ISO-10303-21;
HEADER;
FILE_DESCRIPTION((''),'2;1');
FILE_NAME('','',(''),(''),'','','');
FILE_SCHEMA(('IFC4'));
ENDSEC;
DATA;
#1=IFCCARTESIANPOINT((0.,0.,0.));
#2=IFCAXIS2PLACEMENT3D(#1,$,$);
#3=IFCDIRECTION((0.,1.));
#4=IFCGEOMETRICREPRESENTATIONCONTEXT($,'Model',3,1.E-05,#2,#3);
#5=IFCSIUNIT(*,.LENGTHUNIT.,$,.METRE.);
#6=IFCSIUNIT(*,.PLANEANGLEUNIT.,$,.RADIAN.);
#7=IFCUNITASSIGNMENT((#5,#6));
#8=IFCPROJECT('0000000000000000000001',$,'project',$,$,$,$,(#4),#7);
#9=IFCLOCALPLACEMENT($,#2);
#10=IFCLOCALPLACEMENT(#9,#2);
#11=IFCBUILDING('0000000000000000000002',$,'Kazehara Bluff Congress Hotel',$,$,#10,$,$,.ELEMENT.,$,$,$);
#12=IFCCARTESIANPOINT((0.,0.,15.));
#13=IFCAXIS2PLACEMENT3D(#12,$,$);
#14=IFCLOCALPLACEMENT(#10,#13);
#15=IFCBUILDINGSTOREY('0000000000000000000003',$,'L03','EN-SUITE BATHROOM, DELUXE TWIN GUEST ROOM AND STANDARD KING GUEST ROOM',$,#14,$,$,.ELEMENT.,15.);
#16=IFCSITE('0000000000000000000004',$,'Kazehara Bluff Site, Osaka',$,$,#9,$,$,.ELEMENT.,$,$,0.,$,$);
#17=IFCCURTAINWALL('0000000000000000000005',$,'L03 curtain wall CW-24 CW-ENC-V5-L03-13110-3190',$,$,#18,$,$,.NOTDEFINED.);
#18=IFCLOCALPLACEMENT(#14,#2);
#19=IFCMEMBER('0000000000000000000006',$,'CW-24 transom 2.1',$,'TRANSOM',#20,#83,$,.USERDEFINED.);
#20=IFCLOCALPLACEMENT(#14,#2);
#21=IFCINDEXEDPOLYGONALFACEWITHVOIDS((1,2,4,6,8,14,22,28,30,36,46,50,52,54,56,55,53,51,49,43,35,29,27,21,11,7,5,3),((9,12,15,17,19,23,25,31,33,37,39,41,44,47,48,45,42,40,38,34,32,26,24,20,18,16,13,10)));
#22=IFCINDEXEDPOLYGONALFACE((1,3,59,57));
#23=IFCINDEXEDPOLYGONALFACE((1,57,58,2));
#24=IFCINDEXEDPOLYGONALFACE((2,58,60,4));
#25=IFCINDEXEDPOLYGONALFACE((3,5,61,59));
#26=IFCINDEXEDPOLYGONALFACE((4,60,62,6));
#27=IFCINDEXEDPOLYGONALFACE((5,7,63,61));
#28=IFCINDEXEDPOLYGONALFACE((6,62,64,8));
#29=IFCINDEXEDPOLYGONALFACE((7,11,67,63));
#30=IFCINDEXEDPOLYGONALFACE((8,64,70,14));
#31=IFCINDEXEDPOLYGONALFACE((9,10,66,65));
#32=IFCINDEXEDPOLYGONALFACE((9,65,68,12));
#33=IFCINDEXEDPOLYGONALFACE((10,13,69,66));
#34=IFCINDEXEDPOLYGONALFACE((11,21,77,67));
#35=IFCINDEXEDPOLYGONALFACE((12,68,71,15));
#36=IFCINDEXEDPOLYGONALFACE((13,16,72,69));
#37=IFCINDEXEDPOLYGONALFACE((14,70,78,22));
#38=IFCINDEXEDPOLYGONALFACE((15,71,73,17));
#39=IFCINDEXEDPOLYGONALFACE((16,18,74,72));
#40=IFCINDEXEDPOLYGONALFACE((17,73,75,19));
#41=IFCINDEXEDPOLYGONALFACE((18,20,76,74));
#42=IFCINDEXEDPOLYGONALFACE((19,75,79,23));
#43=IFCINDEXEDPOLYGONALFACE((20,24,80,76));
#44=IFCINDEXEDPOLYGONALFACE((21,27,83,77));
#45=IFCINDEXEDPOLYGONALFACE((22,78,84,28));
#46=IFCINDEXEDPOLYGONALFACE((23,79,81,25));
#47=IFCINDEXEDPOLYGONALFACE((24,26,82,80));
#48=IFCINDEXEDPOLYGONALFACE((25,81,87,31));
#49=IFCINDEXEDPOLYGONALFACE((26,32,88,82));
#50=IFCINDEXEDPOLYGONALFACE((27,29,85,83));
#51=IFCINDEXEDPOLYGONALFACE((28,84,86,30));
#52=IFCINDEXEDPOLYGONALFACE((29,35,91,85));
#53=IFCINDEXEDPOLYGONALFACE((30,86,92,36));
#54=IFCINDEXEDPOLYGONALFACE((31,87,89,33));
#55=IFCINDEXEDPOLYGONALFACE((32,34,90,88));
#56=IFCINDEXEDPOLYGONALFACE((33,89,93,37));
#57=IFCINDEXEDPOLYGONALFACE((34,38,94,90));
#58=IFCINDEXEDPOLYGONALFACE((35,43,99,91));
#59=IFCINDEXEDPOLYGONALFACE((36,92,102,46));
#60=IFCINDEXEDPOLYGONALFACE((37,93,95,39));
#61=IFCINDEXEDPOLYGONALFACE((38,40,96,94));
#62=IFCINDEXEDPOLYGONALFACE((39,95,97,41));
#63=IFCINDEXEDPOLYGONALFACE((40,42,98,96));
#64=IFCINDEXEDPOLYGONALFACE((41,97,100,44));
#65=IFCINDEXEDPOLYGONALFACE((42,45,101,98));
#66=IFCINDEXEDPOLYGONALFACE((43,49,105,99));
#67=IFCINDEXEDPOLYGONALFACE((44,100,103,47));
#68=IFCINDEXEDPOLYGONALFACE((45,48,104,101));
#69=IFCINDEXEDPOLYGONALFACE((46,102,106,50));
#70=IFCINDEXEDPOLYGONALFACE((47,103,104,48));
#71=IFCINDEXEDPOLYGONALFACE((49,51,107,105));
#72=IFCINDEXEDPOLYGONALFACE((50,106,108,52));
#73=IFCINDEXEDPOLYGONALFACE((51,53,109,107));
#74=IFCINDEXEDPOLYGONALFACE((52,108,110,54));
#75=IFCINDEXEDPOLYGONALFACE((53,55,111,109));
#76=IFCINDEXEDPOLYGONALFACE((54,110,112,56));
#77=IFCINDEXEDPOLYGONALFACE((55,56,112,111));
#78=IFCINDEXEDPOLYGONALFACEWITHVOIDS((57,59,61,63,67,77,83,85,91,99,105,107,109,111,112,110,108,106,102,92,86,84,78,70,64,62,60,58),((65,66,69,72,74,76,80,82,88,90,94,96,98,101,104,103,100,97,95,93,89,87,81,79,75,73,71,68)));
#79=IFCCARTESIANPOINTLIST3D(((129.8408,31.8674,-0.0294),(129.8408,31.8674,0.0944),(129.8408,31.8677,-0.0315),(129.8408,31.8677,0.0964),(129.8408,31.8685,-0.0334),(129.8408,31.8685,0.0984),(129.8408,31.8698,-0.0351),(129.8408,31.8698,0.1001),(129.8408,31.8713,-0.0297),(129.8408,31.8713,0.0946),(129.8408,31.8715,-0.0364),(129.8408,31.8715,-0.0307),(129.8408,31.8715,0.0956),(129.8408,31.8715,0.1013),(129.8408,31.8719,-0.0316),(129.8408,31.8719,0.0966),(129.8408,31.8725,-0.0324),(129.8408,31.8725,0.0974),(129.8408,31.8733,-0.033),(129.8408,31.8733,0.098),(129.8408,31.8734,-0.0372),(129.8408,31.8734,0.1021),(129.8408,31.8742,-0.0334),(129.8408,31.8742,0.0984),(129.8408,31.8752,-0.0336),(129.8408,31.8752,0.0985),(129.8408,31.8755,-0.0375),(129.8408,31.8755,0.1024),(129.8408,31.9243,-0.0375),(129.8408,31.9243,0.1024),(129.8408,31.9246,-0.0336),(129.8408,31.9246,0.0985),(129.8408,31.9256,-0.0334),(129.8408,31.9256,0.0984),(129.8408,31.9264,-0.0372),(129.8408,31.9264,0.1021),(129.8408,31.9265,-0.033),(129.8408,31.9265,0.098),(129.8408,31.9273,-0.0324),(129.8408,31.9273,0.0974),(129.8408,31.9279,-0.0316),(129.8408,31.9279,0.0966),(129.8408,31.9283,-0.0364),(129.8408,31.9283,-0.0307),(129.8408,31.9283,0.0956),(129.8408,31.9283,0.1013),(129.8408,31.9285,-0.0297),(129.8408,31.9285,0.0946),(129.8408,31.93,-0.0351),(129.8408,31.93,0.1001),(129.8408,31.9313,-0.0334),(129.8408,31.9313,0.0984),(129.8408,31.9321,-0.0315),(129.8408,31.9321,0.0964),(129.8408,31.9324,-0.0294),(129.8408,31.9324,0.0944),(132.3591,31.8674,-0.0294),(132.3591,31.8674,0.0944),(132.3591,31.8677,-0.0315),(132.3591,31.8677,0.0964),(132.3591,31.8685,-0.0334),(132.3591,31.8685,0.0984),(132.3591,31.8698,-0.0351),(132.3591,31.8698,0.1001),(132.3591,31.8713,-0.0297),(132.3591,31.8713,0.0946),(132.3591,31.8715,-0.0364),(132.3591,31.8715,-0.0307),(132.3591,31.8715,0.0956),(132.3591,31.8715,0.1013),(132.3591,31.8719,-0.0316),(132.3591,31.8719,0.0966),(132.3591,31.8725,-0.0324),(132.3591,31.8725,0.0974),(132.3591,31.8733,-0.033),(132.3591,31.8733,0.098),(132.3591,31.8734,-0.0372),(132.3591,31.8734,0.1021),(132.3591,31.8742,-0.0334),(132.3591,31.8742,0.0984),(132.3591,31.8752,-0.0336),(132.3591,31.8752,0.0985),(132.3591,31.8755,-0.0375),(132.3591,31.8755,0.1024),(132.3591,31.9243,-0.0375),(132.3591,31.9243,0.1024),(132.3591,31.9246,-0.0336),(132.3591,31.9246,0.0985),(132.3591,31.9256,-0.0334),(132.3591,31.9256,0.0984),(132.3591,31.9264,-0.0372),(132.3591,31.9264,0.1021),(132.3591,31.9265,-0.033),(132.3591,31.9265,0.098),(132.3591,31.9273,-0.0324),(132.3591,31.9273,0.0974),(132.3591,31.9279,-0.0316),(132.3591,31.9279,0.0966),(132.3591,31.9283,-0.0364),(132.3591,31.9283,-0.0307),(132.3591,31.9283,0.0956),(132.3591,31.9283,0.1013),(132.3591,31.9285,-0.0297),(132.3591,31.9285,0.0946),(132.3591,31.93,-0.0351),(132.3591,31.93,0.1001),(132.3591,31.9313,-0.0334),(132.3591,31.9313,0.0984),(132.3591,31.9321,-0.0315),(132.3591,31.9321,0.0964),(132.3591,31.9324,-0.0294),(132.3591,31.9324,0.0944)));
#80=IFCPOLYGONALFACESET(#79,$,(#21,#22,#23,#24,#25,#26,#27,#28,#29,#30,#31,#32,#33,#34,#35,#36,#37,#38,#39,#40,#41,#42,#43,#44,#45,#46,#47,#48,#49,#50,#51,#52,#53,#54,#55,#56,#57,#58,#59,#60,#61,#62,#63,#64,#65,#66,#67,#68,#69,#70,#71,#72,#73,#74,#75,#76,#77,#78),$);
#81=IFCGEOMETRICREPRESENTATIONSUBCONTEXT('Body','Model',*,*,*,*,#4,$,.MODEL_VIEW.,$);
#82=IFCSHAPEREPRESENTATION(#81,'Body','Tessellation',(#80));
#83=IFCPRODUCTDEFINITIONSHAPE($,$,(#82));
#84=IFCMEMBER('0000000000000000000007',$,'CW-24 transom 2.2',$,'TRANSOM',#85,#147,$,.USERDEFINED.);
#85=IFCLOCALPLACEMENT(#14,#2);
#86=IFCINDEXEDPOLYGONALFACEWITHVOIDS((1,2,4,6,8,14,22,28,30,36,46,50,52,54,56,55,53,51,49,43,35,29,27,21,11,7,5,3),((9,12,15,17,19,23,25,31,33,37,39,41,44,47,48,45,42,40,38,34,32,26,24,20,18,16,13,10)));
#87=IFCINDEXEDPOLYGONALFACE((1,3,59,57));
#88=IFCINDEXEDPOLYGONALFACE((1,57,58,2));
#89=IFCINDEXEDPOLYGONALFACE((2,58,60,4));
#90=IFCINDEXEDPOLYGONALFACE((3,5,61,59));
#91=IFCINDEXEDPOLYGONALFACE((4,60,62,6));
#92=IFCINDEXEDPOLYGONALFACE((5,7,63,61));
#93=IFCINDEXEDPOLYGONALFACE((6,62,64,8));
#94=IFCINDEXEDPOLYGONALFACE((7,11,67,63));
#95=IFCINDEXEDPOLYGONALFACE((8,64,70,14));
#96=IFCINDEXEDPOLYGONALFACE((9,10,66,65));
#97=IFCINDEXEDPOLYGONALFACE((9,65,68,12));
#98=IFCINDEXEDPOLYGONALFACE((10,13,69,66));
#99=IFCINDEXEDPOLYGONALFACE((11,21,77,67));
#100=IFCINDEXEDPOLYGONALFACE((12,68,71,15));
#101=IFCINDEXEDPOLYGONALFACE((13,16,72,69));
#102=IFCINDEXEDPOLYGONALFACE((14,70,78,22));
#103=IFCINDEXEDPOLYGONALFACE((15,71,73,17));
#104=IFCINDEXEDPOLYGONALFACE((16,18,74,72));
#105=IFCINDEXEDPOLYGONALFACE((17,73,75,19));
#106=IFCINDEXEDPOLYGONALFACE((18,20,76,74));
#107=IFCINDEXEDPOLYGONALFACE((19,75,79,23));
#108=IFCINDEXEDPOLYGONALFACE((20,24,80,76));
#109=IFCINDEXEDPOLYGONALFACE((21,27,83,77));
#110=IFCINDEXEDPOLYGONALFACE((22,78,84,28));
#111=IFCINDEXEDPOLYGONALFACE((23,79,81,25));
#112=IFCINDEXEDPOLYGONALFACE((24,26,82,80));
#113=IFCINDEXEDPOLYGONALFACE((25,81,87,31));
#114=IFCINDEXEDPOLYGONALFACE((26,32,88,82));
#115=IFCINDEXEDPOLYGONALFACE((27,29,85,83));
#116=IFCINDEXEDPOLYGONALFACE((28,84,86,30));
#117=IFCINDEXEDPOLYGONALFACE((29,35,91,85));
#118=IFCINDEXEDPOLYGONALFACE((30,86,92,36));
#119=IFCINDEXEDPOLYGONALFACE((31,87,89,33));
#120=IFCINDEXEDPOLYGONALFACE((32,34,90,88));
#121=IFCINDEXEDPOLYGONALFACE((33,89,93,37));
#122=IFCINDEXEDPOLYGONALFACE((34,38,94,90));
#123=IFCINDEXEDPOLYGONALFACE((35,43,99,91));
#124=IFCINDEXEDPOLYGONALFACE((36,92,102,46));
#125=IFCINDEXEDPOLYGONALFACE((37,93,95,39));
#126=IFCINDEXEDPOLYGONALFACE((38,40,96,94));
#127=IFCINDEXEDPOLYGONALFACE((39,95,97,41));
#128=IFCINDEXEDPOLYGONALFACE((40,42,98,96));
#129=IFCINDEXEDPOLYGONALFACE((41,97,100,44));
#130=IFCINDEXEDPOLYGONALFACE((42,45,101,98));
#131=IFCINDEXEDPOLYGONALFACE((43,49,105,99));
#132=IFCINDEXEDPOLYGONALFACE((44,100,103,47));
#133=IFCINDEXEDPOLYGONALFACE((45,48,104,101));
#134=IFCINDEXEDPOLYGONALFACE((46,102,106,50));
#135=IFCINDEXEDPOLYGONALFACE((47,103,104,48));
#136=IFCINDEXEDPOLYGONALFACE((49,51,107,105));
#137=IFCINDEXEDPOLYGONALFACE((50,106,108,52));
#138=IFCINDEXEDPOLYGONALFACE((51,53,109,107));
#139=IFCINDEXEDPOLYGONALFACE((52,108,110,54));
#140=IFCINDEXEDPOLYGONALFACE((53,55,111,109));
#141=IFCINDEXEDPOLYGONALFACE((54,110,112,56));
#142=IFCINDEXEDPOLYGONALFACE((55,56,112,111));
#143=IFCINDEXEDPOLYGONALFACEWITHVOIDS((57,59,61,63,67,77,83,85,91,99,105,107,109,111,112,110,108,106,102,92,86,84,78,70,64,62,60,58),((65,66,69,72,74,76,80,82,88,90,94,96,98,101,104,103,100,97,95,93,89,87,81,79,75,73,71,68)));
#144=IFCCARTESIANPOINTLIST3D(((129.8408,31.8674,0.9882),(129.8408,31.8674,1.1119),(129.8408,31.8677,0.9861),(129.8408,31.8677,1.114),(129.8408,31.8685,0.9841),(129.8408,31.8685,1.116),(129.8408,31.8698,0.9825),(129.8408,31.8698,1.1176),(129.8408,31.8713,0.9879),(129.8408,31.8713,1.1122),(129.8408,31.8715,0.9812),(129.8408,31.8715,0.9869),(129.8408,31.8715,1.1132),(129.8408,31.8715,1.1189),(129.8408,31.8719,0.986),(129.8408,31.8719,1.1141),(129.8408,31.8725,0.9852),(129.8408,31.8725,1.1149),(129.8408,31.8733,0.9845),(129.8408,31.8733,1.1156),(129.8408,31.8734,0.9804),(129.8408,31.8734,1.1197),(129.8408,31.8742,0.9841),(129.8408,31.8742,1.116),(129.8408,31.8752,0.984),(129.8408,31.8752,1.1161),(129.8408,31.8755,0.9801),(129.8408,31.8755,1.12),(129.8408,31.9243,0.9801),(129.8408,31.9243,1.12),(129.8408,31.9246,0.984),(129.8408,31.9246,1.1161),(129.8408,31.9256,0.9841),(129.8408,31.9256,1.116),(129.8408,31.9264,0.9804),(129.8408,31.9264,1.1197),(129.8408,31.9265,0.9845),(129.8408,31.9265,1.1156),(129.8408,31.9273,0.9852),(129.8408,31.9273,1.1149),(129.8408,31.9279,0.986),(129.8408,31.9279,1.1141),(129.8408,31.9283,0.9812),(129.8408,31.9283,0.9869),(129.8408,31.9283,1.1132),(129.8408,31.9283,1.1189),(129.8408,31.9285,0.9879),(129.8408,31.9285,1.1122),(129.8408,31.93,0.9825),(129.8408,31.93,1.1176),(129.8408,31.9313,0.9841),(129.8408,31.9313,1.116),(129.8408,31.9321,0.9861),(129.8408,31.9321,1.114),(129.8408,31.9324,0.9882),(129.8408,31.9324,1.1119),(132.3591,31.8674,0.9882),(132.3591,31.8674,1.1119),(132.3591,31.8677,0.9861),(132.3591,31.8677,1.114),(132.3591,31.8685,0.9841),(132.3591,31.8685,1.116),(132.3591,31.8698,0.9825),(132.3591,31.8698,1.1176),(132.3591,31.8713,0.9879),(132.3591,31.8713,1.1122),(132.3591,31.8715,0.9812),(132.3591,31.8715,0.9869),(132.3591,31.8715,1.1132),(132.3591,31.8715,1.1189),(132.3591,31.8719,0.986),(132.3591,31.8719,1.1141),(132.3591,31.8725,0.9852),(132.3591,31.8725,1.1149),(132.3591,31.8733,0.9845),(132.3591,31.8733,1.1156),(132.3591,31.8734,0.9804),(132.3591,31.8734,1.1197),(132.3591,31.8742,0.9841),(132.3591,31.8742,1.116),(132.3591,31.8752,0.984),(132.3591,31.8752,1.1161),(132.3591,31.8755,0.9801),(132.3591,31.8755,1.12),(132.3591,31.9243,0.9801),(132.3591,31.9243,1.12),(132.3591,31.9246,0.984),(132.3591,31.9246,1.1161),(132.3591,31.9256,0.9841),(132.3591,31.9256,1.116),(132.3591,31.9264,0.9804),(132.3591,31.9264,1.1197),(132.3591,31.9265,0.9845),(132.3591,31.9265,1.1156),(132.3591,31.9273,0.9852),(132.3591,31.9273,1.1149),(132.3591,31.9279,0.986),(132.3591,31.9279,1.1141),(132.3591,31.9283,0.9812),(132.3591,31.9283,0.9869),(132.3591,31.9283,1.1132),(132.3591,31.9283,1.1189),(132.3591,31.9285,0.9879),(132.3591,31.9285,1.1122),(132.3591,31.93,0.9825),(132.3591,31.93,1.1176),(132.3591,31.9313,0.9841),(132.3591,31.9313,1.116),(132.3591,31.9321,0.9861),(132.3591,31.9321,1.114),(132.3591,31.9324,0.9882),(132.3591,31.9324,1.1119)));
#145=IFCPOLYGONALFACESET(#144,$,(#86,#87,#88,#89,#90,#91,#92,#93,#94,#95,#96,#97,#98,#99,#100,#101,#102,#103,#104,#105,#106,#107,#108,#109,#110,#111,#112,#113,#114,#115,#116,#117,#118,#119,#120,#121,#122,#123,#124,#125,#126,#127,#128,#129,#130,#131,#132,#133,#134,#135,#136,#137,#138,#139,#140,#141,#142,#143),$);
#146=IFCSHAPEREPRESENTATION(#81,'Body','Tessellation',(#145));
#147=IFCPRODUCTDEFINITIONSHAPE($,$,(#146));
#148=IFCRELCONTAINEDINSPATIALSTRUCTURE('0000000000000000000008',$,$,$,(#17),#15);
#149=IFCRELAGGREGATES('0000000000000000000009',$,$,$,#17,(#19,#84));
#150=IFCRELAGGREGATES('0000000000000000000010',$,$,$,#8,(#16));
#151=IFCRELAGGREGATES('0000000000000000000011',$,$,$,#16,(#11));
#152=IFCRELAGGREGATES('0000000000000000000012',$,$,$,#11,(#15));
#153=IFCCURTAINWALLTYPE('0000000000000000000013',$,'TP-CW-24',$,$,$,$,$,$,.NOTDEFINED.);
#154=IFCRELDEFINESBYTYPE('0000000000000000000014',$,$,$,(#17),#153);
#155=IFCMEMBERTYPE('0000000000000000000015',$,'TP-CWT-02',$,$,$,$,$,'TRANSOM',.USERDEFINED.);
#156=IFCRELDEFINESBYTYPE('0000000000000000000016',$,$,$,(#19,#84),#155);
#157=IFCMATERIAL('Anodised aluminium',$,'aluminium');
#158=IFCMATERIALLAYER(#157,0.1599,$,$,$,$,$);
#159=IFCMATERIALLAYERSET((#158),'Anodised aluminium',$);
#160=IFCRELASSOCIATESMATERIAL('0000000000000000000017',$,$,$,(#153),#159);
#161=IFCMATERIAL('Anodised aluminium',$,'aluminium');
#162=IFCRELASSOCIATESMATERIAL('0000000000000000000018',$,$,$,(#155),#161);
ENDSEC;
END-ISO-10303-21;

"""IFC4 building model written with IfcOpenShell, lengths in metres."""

from ifc_helpers import new_model, si_unit, direction, frame, origin, origin_2d, place, context, subcontext, project, spatial, hollow_rectangle, extrude, material, layer, layer_set, material_profile, profile_set, type_object, element, aggregate, save


model = new_model("IFC4")

# Units and contexts
model_context = context("Model", 3, precision=1e-05, world=origin(), true_north=direction((0.0, 1.0)))
body_context = subcontext(model_context, "Body", "Model", "MODEL_VIEW")
ifc_project = project(units=[si_unit("LENGTHUNIT", "METRE"), si_unit("PLANEANGLEUNIT", "RADIAN")], contexts=[model_context])

# Site, building, storey
site_placement = place(None, origin())
site = spatial("IfcSite", under=ifc_project, at=site_placement, Name="Kazehara Bluff Site, Osaka", CompositionType="ELEMENT", RefElevation=0.0)
building_placement = place(site_placement, origin())
building = spatial("IfcBuilding", under=site, at=building_placement, Name="Kazehara Bluff Congress Hotel", CompositionType="ELEMENT")
storey_placement = place(building_placement, frame((0.0, 0.0, 15.0)))
storey = spatial("IfcBuildingStorey", under=building, at=storey_placement, Name="L03", Description="EN-SUITE BATHROOM, DELUXE TWIN GUEST ROOM AND STANDARD KING GUEST ROOM", CompositionType="ELEMENT", Elevation=15.0)

# Curtain wall
ifc_material_1 = material(Name="Anodised aluminium", Category="aluminium")
ifc_layer_1 = layer(ifc_material_1, 0.1599)
ifc_layer_set_1 = layer_set([ifc_layer_1], Name="Anodised aluminium")
curtain_wall_type = type_object("IfcCurtainWallType", Name="TP-CW-24", PredefinedType="NOTDEFINED", material=ifc_layer_set_1)
curtain_wall_1_placement = place(storey_placement, origin())
curtain_wall_1 = element("IfcCurtainWall", 1, at=curtain_wall_1_placement, inside=storey, type_object=curtain_wall_type, Name="L03 curtain wall CW-24 CW-ENC-V5-L03-13110-3190", PredefinedType="NOTDEFINED")

# Members
ifc_material_2 = material(Name="Anodised aluminium", Category="aluminium")
ifc_material_profile_1 = material_profile(ifc_material_2, hollow_rectangle(XDim=0.0649, YDim=0.1399, WallThickness=0.0039, InnerFilletRadius=0.0039, OuterFilletRadius=0.0081, at=origin_2d()))
ifc_profile_set_1 = profile_set([ifc_material_profile_1], Name="Anodised aluminium")
member_type_1 = type_object("IfcMemberType", Name="TP-CWT-02", ElementType="TRANSOM", PredefinedType="USERDEFINED", material=ifc_profile_set_1)
member_1_placement = place(storey_placement, frame((129.8408, 31.8999, 0.0325), z_axis=(1.0, 0.0, 0.0), x_axis=(0.0, 1.0, 0.0)))
member_1 = element("IfcMember", 2, at=member_1_placement, type_object=member_type_1, Name="CW-24 transom 2.1", ObjectType="TRANSOM", PredefinedType="USERDEFINED", context=body_context, shape_type="SweptSolid", body=[
    extrude(hollow_rectangle(XDim=0.0649, YDim=0.1399, WallThickness=0.0039, InnerFilletRadius=0.0039, OuterFilletRadius=0.0081, at=origin_2d()), origin(), (0.0, 0.0, 1.0), 2.5183),
])
member_2_placement = place(storey_placement, frame((129.8408, 31.8999, 1.05), z_axis=(1.0, 0.0, 0.0), x_axis=(0.0, 1.0, 0.0)))
member_2 = element("IfcMember", 3, at=member_2_placement, type_object=member_type_1, Name="CW-24 transom 2.2", ObjectType="TRANSOM", PredefinedType="USERDEFINED", context=body_context, shape_type="SweptSolid", body=[
    extrude(hollow_rectangle(XDim=0.0649, YDim=0.1399, WallThickness=0.0039, InnerFilletRadius=0.0039, OuterFilletRadius=0.0081, at=origin_2d()), origin(), (0.0, 0.0, 1.0), 2.5183),
])

aggregate(curtain_wall_1, [member_1, member_2])

save(model, "model.ifc")
